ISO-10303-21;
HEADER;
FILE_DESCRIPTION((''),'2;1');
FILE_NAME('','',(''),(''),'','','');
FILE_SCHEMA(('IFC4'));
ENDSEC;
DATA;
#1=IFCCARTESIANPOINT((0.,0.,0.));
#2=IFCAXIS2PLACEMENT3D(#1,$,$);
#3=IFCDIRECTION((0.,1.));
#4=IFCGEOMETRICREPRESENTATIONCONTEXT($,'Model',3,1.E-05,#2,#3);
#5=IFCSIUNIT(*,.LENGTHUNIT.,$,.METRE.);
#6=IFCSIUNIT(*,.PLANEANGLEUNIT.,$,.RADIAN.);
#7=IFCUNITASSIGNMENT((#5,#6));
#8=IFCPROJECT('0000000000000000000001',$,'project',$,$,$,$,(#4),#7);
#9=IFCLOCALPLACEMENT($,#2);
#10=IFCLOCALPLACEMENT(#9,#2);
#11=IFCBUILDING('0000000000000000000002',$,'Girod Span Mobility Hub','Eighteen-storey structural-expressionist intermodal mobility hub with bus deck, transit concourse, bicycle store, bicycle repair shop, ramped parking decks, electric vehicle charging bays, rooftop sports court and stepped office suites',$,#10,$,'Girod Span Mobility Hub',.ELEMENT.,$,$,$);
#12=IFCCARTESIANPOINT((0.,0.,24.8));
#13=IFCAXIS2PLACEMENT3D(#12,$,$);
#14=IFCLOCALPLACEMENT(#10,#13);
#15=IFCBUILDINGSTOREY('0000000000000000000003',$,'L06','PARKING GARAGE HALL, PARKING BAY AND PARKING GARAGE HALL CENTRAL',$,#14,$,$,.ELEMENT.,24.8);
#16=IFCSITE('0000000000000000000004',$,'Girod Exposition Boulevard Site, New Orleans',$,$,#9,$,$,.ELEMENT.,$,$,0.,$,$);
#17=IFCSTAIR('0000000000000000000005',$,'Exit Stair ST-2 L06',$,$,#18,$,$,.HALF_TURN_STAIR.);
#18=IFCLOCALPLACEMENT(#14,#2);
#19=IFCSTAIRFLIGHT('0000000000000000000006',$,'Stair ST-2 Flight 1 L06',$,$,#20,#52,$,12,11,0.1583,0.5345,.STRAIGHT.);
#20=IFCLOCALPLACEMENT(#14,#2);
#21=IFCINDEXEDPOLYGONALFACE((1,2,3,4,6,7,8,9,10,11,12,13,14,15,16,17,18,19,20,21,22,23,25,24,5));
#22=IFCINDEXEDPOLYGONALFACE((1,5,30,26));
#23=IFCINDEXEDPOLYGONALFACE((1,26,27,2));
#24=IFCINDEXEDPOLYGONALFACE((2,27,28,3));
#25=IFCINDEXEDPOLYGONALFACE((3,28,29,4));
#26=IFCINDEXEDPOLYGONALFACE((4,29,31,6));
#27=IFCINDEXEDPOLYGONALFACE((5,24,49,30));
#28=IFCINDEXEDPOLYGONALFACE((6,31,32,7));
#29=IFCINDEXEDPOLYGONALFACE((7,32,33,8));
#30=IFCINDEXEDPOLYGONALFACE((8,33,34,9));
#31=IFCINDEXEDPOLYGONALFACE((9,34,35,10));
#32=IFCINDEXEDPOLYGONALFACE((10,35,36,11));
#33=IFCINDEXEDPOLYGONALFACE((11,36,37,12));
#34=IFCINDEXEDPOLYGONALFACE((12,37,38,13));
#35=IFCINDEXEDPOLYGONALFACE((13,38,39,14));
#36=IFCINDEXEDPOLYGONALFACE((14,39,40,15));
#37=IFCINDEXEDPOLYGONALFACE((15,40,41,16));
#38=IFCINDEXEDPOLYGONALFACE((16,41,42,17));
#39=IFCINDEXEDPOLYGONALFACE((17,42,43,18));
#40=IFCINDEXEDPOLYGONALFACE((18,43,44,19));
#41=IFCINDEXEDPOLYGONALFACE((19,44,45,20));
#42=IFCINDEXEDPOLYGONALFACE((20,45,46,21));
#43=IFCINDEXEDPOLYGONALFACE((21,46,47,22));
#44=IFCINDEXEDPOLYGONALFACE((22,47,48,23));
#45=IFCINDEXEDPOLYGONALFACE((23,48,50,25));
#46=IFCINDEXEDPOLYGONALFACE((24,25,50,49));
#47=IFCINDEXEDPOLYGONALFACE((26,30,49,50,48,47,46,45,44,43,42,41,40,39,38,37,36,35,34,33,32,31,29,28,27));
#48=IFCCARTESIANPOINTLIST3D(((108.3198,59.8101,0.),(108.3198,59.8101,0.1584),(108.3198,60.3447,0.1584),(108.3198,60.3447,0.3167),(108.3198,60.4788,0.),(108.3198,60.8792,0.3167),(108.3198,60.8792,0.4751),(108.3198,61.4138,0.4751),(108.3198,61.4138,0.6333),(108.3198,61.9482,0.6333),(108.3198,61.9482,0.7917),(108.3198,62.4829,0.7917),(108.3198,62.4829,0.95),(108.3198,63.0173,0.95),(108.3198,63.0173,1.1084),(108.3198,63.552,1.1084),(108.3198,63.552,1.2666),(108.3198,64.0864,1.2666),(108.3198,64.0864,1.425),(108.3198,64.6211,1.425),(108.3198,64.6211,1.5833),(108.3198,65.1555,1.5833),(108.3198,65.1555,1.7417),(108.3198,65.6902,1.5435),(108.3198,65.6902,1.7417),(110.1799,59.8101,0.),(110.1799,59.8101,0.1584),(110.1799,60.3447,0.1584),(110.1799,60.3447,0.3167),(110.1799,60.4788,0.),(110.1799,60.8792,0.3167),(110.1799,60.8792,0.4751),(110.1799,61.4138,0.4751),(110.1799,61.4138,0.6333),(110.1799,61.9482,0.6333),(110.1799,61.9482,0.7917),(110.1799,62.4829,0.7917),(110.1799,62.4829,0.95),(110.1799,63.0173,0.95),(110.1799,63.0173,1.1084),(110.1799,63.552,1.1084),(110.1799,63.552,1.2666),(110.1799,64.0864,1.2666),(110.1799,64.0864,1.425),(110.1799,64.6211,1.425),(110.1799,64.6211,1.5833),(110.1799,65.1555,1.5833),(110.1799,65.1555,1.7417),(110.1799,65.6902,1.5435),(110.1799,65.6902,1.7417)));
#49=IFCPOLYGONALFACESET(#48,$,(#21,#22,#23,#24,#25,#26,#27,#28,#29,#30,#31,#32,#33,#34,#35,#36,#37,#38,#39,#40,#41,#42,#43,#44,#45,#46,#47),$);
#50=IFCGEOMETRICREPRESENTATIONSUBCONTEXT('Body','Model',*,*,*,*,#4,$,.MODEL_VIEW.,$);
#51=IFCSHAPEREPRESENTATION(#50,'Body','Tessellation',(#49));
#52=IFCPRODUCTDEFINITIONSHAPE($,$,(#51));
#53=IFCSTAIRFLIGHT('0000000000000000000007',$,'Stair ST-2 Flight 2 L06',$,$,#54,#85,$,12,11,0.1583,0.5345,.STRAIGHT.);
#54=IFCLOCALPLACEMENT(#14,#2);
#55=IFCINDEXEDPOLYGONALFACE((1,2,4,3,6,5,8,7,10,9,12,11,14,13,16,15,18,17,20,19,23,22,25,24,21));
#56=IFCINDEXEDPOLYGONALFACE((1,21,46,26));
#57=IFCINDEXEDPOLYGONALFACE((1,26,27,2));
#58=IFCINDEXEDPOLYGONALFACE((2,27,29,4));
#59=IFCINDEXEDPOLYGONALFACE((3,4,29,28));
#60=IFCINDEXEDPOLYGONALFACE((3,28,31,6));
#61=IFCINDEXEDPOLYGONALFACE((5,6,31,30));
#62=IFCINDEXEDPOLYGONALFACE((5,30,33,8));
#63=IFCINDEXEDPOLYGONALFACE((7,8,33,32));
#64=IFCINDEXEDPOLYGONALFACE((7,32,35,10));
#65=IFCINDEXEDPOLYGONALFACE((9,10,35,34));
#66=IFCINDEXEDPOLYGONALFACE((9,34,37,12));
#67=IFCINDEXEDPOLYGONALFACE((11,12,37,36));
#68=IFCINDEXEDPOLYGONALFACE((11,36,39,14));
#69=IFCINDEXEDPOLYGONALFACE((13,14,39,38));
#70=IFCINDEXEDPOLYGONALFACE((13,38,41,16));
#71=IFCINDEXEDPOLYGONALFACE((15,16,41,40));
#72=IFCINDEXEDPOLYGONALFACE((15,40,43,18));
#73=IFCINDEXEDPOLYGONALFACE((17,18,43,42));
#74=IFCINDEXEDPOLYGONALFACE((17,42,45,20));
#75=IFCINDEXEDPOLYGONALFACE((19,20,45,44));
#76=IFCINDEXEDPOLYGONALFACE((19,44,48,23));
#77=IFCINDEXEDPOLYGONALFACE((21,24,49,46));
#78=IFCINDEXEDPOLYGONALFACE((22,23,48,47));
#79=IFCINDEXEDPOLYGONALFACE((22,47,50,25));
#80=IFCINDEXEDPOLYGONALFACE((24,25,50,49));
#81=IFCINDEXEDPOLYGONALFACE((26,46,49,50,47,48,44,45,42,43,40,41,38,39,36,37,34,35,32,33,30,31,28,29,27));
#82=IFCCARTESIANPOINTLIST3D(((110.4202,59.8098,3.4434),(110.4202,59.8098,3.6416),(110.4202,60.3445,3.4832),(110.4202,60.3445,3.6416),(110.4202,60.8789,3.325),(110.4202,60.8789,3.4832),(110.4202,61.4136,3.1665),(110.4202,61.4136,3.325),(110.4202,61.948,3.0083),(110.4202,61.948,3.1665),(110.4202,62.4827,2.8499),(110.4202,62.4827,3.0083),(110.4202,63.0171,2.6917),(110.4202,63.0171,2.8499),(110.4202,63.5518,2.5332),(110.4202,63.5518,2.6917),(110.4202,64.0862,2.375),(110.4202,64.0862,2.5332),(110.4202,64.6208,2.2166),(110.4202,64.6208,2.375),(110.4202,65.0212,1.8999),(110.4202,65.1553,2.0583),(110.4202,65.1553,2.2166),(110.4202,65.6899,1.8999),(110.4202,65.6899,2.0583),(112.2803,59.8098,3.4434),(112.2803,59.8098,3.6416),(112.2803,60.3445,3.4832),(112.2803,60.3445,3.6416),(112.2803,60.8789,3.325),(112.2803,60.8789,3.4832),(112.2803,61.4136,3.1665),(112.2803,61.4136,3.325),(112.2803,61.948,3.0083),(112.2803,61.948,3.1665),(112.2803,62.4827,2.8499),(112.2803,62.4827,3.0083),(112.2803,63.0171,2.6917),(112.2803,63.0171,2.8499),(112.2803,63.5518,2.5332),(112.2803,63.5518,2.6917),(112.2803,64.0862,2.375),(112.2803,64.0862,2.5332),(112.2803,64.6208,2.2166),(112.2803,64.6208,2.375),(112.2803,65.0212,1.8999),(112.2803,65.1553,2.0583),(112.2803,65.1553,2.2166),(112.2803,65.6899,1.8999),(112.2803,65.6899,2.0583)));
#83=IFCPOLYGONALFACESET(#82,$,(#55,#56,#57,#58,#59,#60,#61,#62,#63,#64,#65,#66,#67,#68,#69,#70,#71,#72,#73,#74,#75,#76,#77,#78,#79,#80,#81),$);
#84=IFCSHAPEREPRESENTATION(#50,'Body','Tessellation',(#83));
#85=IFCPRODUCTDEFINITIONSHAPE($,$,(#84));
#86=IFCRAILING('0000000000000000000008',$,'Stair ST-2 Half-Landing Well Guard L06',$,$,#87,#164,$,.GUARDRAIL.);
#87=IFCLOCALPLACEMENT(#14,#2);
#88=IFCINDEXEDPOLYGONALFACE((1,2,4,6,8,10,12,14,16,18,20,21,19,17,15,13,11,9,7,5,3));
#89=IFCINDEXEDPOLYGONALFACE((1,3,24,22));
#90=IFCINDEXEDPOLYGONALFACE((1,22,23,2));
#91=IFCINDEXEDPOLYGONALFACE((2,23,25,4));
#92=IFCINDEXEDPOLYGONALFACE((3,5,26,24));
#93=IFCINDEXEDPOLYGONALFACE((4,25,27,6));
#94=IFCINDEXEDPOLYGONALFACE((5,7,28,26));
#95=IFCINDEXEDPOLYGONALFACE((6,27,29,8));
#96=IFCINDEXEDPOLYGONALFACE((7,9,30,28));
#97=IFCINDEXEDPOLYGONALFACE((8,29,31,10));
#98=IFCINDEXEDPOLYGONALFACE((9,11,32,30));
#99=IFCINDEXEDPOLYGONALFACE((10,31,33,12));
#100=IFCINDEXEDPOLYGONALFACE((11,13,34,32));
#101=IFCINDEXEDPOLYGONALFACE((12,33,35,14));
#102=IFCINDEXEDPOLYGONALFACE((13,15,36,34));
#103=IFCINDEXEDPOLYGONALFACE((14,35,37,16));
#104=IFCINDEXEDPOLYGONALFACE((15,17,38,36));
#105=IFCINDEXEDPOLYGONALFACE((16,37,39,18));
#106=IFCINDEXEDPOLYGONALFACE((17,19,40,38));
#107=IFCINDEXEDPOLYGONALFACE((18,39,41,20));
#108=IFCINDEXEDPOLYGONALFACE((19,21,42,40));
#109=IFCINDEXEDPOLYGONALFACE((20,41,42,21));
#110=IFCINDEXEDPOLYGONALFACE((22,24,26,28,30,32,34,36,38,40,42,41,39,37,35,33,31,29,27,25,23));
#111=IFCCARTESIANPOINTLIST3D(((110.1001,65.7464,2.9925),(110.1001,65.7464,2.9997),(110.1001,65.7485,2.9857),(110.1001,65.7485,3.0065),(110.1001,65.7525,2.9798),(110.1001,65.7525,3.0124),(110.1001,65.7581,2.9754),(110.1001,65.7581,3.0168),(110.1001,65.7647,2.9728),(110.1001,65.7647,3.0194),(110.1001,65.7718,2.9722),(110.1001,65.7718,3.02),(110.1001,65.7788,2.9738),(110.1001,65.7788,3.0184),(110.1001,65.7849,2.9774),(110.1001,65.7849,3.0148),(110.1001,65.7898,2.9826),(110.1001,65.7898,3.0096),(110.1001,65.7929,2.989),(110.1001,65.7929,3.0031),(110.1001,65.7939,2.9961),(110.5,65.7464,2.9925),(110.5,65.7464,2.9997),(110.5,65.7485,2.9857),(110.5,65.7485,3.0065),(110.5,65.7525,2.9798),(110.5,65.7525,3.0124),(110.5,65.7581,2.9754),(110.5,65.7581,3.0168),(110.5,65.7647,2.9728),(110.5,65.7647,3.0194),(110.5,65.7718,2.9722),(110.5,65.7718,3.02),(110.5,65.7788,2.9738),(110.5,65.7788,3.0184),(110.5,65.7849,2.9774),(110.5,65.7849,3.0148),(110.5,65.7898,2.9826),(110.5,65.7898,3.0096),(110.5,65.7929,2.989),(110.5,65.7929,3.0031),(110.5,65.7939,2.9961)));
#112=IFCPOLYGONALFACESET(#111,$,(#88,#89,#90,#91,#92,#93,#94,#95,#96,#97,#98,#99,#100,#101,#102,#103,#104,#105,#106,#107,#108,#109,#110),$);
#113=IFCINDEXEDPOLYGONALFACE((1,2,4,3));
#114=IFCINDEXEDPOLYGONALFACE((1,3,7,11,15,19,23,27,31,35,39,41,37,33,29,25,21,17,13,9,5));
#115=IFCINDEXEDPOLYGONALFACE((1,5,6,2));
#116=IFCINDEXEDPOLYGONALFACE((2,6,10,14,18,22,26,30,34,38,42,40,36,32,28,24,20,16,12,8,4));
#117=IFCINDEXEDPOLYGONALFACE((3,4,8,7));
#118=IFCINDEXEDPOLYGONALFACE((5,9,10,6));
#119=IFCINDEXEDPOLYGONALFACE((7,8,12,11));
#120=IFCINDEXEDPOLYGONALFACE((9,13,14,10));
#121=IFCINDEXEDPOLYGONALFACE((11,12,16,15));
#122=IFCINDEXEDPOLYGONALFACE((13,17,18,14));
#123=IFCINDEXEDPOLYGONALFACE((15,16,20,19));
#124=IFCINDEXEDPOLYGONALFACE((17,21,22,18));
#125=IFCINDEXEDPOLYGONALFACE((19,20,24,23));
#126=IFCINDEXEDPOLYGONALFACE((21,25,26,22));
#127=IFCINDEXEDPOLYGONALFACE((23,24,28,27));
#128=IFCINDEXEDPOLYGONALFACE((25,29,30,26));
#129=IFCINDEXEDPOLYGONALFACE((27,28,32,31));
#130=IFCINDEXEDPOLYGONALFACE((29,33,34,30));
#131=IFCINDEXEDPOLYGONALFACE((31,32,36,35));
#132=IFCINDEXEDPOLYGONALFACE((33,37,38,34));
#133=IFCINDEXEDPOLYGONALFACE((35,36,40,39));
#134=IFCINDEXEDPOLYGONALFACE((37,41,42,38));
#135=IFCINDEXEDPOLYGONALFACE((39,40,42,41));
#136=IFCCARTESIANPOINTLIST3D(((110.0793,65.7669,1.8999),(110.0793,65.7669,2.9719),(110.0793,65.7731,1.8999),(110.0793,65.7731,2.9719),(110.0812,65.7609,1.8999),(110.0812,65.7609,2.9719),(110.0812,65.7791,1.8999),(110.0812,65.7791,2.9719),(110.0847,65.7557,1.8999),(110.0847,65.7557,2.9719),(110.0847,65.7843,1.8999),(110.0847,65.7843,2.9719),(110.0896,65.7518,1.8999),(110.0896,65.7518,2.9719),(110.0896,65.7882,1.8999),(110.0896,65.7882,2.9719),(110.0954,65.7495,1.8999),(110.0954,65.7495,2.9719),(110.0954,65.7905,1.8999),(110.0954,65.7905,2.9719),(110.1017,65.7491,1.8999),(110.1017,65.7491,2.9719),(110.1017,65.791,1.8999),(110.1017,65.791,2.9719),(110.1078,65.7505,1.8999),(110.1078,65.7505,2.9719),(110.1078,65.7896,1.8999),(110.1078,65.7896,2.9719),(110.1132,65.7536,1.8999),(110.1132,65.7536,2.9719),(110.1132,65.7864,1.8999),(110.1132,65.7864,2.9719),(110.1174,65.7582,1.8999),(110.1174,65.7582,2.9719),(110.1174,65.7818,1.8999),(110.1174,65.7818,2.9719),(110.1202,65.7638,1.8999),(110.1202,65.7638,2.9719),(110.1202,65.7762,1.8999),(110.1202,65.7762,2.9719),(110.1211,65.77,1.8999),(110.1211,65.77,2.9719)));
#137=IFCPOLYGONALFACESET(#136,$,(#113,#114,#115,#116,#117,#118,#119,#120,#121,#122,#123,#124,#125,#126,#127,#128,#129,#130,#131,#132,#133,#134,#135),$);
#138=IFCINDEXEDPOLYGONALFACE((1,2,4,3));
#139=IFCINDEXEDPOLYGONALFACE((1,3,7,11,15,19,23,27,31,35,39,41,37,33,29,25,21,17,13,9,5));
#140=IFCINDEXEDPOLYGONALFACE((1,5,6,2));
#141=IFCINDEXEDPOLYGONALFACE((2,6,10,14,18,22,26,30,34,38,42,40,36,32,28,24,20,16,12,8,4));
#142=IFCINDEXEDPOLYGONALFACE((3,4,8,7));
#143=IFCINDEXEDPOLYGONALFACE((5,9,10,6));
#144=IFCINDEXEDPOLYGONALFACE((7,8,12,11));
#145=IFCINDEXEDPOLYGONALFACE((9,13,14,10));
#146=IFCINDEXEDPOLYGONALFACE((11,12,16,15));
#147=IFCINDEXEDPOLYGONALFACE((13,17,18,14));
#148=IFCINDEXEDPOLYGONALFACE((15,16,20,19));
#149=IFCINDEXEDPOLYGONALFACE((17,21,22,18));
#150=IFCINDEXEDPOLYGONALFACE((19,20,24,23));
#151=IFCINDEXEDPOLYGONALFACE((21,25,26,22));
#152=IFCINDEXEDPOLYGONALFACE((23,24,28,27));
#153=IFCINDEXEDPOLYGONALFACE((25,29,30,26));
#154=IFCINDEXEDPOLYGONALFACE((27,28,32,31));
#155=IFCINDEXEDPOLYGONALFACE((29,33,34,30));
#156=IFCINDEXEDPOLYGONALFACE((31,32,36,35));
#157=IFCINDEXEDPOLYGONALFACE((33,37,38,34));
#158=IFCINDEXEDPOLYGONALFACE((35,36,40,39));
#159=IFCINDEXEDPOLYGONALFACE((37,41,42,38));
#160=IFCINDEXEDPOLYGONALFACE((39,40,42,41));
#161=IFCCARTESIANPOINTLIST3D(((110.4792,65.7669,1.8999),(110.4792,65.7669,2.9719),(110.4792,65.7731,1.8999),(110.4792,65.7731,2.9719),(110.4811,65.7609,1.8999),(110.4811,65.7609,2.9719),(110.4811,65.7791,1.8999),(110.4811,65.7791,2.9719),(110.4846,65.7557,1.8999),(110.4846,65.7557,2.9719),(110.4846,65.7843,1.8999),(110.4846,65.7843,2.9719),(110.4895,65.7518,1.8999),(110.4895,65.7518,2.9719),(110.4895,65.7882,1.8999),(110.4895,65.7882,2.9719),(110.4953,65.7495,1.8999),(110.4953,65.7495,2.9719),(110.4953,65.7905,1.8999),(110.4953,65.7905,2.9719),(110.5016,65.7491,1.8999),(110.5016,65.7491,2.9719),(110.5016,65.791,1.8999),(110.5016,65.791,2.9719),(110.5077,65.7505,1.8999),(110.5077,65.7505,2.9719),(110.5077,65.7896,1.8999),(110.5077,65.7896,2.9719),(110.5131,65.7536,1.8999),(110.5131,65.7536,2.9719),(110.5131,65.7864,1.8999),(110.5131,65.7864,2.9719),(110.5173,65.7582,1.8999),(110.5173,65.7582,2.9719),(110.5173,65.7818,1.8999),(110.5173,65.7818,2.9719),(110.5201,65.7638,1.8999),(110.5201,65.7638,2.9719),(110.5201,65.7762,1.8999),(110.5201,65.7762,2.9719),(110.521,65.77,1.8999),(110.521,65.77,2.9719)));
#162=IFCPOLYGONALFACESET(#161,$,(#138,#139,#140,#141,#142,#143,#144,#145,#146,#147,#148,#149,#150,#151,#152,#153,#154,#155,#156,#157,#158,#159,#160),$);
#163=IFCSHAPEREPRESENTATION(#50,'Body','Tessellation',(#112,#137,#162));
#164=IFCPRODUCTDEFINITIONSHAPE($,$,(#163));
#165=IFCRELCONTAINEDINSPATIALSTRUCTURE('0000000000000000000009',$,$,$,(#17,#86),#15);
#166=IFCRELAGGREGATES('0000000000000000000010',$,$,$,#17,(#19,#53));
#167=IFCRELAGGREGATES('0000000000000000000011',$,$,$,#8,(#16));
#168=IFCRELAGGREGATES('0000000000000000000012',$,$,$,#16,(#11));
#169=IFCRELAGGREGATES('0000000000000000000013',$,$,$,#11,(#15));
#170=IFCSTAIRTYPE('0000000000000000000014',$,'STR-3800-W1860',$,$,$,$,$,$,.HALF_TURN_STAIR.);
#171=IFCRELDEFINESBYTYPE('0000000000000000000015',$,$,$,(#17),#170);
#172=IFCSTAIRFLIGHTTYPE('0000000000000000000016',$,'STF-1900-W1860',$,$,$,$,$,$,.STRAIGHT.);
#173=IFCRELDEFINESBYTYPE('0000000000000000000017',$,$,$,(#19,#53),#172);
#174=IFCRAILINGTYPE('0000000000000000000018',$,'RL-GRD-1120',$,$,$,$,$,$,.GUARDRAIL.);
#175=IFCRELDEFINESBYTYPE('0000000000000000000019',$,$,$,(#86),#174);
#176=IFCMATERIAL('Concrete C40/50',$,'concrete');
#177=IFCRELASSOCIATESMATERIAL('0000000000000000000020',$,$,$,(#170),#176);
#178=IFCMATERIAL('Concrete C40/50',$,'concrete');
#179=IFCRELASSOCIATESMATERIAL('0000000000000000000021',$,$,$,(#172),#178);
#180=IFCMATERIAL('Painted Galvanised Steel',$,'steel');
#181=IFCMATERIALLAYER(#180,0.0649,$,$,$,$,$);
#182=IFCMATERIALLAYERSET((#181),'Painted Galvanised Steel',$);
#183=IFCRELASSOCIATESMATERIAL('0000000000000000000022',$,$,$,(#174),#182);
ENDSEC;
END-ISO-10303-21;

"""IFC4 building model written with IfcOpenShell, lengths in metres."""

from ifc_helpers import new_model, si_unit, direction, frame, origin, origin_2d, place, context, subcontext, project, spatial, polyline, circle, outline, extrude, material, layer, layer_set, type_object, element, aggregate, save


model = new_model("IFC4")

# Units and contexts
model_context = context("Model", 3, precision=1e-05, world=origin(), true_north=direction((0.0, 1.0)))
body_context = subcontext(model_context, "Body", "Model", "MODEL_VIEW")
ifc_project = project(units=[si_unit("LENGTHUNIT", "METRE"), si_unit("PLANEANGLEUNIT", "RADIAN")], contexts=[model_context])

# Site, building, storey
site_placement = place(None, origin())
site = spatial("IfcSite", under=ifc_project, at=site_placement, Name="Girod Exposition Boulevard Site, New Orleans", CompositionType="ELEMENT", RefElevation=0.0)
building_placement = place(site_placement, origin())
building = spatial("IfcBuilding", under=site, at=building_placement, Name="Girod Span Mobility Hub", Description="Eighteen-storey structural-expressionist intermodal mobility hub with bus deck, transit concourse, bicycle store, bicycle repair shop, ramped parking decks, electric vehicle charging bays, rooftop sports court and stepped office suites", LongName="Girod Span Mobility Hub", CompositionType="ELEMENT")
storey_placement = place(building_placement, frame((0.0, 0.0, 24.8)))
storey = spatial("IfcBuildingStorey", under=building, at=storey_placement, Name="L06", Description="PARKING GARAGE HALL, PARKING BAY AND PARKING GARAGE HALL CENTRAL", CompositionType="ELEMENT", Elevation=24.8)

# Stair, stair flights
ifc_material_1 = material(Name="Concrete C40/50", Category="concrete")
stair_type = type_object("IfcStairType", Name="STR-3800-W1860", PredefinedType="HALF_TURN_STAIR", material=ifc_material_1)
stair_placement = place(storey_placement, origin())
stair = element("IfcStair", 1, at=stair_placement, inside=storey, type_object=stair_type, Name="Exit Stair ST-2 L06", PredefinedType="HALF_TURN_STAIR")
ifc_material_2 = material(Name="Concrete C40/50", Category="concrete")
stair_flight_type = type_object("IfcStairFlightType", Name="STF-1900-W1860", PredefinedType="STRAIGHT", material=ifc_material_2)
stair_flight_1_placement = place(storey_placement, frame((109.25, 59.8101, 0.0), z_axis=(0.0, 0.0, 1.0), x_axis=(0.0, 1.0, 0.0)))
stair_flight_1 = element("IfcStairFlight", 2, at=stair_flight_1_placement, type_object=stair_flight_type, Name="Stair ST-2 Flight 1 L06", NumberOfRisers=12, NumberOfTreads=11, PredefinedType="STRAIGHT", RiserHeight=0.1583, TreadLength=0.5345, context=body_context, shape_type="SweptSolid", body=[
    extrude(outline(polyline([(0.0, 0.0), (0.0, 0.1584), (0.5347, 0.1584), (0.5347, 0.3167), (1.0691, 0.3167), (1.0691, 0.4751), (1.6038, 0.4751), (1.6038, 0.6333), (2.1382, 0.6333), (2.1382, 0.7917), (2.6729, 0.7917), (2.6729, 0.95), (3.2073, 0.95), (3.2073, 1.1084), (3.7419, 1.1084), (3.7419, 1.2666), (4.2764, 1.2666), (4.2764, 1.425), (4.811, 1.425), (4.811, 1.5833), (5.3455, 1.5833), (5.3455, 1.7417), (5.8801, 1.7417), (5.8801, 1.8999), (5.8801, 1.5435), (0.6687, 0.0), (0.0, 0.0)])), frame((0.0, 0.9302, 0.0), z_axis=(0.0, -1.0, 0.0), x_axis=(1.0, 0.0, 0.0)), (0.0, 0.0, 1.0), 1.8601),
])
stair_flight_2_placement = place(storey_placement, frame((111.3501, 65.6899, 1.8999), z_axis=(0.0, 0.0, 1.0), x_axis=(0.0, -1.0, 0.0)))
stair_flight_2 = element("IfcStairFlight", 3, at=stair_flight_2_placement, type_object=stair_flight_type, Name="Stair ST-2 Flight 2 L06", NumberOfRisers=12, NumberOfTreads=11, PredefinedType="STRAIGHT", RiserHeight=0.1583, TreadLength=0.5345, context=body_context, shape_type="SweptSolid", body=[
    extrude(outline(polyline([(0.0, 0.0), (0.0, 0.1584), (0.5347, 0.1584), (0.5347, 0.3167), (1.0691, 0.3167), (1.0691, 0.4751), (1.6038, 0.4751), (1.6038, 0.6333), (2.1382, 0.6333), (2.1382, 0.7917), (2.6729, 0.7917), (2.6729, 0.95), (3.2073, 0.95), (3.2073, 1.1084), (3.7419, 1.1084), (3.7419, 1.2666), (4.2764, 1.2666), (4.2764, 1.425), (4.811, 1.425), (4.811, 1.5833), (5.3455, 1.5833), (5.3455, 1.7417), (5.8801, 1.7417), (5.8801, 1.8999), (5.8801, 1.5435), (0.6687, 0.0), (0.0, 0.0)])), frame((0.0, 0.9302, 0.0), z_axis=(0.0, -1.0, 0.0), x_axis=(1.0, 0.0, 0.0)), (0.0, 0.0, 1.0), 1.8601),
])
aggregate(stair, [stair_flight_1, stair_flight_2])

# Railing
ifc_material_3 = material(Name="Painted Galvanised Steel", Category="steel")
ifc_layer_1 = layer(ifc_material_3, 0.0649)
ifc_layer_set_1 = layer_set([ifc_layer_1], Name="Painted Galvanised Steel")
railing_type_1 = type_object("IfcRailingType", Name="RL-GRD-1120", PredefinedType="GUARDRAIL", material=ifc_layer_set_1)
for number, where, name in (
    (4, (110.1001, 65.77, 1.8999), "Stair ST-2 Half-Landing Well Guard L06"),
):
    element("IfcRailing", number, at=place(storey_placement, frame(where)), inside=storey, type_object=railing_type_1, Name=name, PredefinedType="GUARDRAIL", context=body_context, shape_type="SweptSolid", body=[
        extrude(circle(Radius=0.0239, at=origin_2d()), frame((0.0, 0.0, 1.0962), z_axis=(1.0, 0.0, 0.0), x_axis=(0.0, 1.0, 0.0)), (0.0, 0.0, 1.0), 0.3999),
        extrude(circle(Radius=0.021, at=origin_2d()), origin(), (0.0, 0.0, 1.0), 1.072),
        extrude(circle(Radius=0.021, at=origin_2d()), frame((0.3999, 0.0, 0.0)), (0.0, 0.0, 1.0), 1.072),
    ])

save(model, "model.ifc")
